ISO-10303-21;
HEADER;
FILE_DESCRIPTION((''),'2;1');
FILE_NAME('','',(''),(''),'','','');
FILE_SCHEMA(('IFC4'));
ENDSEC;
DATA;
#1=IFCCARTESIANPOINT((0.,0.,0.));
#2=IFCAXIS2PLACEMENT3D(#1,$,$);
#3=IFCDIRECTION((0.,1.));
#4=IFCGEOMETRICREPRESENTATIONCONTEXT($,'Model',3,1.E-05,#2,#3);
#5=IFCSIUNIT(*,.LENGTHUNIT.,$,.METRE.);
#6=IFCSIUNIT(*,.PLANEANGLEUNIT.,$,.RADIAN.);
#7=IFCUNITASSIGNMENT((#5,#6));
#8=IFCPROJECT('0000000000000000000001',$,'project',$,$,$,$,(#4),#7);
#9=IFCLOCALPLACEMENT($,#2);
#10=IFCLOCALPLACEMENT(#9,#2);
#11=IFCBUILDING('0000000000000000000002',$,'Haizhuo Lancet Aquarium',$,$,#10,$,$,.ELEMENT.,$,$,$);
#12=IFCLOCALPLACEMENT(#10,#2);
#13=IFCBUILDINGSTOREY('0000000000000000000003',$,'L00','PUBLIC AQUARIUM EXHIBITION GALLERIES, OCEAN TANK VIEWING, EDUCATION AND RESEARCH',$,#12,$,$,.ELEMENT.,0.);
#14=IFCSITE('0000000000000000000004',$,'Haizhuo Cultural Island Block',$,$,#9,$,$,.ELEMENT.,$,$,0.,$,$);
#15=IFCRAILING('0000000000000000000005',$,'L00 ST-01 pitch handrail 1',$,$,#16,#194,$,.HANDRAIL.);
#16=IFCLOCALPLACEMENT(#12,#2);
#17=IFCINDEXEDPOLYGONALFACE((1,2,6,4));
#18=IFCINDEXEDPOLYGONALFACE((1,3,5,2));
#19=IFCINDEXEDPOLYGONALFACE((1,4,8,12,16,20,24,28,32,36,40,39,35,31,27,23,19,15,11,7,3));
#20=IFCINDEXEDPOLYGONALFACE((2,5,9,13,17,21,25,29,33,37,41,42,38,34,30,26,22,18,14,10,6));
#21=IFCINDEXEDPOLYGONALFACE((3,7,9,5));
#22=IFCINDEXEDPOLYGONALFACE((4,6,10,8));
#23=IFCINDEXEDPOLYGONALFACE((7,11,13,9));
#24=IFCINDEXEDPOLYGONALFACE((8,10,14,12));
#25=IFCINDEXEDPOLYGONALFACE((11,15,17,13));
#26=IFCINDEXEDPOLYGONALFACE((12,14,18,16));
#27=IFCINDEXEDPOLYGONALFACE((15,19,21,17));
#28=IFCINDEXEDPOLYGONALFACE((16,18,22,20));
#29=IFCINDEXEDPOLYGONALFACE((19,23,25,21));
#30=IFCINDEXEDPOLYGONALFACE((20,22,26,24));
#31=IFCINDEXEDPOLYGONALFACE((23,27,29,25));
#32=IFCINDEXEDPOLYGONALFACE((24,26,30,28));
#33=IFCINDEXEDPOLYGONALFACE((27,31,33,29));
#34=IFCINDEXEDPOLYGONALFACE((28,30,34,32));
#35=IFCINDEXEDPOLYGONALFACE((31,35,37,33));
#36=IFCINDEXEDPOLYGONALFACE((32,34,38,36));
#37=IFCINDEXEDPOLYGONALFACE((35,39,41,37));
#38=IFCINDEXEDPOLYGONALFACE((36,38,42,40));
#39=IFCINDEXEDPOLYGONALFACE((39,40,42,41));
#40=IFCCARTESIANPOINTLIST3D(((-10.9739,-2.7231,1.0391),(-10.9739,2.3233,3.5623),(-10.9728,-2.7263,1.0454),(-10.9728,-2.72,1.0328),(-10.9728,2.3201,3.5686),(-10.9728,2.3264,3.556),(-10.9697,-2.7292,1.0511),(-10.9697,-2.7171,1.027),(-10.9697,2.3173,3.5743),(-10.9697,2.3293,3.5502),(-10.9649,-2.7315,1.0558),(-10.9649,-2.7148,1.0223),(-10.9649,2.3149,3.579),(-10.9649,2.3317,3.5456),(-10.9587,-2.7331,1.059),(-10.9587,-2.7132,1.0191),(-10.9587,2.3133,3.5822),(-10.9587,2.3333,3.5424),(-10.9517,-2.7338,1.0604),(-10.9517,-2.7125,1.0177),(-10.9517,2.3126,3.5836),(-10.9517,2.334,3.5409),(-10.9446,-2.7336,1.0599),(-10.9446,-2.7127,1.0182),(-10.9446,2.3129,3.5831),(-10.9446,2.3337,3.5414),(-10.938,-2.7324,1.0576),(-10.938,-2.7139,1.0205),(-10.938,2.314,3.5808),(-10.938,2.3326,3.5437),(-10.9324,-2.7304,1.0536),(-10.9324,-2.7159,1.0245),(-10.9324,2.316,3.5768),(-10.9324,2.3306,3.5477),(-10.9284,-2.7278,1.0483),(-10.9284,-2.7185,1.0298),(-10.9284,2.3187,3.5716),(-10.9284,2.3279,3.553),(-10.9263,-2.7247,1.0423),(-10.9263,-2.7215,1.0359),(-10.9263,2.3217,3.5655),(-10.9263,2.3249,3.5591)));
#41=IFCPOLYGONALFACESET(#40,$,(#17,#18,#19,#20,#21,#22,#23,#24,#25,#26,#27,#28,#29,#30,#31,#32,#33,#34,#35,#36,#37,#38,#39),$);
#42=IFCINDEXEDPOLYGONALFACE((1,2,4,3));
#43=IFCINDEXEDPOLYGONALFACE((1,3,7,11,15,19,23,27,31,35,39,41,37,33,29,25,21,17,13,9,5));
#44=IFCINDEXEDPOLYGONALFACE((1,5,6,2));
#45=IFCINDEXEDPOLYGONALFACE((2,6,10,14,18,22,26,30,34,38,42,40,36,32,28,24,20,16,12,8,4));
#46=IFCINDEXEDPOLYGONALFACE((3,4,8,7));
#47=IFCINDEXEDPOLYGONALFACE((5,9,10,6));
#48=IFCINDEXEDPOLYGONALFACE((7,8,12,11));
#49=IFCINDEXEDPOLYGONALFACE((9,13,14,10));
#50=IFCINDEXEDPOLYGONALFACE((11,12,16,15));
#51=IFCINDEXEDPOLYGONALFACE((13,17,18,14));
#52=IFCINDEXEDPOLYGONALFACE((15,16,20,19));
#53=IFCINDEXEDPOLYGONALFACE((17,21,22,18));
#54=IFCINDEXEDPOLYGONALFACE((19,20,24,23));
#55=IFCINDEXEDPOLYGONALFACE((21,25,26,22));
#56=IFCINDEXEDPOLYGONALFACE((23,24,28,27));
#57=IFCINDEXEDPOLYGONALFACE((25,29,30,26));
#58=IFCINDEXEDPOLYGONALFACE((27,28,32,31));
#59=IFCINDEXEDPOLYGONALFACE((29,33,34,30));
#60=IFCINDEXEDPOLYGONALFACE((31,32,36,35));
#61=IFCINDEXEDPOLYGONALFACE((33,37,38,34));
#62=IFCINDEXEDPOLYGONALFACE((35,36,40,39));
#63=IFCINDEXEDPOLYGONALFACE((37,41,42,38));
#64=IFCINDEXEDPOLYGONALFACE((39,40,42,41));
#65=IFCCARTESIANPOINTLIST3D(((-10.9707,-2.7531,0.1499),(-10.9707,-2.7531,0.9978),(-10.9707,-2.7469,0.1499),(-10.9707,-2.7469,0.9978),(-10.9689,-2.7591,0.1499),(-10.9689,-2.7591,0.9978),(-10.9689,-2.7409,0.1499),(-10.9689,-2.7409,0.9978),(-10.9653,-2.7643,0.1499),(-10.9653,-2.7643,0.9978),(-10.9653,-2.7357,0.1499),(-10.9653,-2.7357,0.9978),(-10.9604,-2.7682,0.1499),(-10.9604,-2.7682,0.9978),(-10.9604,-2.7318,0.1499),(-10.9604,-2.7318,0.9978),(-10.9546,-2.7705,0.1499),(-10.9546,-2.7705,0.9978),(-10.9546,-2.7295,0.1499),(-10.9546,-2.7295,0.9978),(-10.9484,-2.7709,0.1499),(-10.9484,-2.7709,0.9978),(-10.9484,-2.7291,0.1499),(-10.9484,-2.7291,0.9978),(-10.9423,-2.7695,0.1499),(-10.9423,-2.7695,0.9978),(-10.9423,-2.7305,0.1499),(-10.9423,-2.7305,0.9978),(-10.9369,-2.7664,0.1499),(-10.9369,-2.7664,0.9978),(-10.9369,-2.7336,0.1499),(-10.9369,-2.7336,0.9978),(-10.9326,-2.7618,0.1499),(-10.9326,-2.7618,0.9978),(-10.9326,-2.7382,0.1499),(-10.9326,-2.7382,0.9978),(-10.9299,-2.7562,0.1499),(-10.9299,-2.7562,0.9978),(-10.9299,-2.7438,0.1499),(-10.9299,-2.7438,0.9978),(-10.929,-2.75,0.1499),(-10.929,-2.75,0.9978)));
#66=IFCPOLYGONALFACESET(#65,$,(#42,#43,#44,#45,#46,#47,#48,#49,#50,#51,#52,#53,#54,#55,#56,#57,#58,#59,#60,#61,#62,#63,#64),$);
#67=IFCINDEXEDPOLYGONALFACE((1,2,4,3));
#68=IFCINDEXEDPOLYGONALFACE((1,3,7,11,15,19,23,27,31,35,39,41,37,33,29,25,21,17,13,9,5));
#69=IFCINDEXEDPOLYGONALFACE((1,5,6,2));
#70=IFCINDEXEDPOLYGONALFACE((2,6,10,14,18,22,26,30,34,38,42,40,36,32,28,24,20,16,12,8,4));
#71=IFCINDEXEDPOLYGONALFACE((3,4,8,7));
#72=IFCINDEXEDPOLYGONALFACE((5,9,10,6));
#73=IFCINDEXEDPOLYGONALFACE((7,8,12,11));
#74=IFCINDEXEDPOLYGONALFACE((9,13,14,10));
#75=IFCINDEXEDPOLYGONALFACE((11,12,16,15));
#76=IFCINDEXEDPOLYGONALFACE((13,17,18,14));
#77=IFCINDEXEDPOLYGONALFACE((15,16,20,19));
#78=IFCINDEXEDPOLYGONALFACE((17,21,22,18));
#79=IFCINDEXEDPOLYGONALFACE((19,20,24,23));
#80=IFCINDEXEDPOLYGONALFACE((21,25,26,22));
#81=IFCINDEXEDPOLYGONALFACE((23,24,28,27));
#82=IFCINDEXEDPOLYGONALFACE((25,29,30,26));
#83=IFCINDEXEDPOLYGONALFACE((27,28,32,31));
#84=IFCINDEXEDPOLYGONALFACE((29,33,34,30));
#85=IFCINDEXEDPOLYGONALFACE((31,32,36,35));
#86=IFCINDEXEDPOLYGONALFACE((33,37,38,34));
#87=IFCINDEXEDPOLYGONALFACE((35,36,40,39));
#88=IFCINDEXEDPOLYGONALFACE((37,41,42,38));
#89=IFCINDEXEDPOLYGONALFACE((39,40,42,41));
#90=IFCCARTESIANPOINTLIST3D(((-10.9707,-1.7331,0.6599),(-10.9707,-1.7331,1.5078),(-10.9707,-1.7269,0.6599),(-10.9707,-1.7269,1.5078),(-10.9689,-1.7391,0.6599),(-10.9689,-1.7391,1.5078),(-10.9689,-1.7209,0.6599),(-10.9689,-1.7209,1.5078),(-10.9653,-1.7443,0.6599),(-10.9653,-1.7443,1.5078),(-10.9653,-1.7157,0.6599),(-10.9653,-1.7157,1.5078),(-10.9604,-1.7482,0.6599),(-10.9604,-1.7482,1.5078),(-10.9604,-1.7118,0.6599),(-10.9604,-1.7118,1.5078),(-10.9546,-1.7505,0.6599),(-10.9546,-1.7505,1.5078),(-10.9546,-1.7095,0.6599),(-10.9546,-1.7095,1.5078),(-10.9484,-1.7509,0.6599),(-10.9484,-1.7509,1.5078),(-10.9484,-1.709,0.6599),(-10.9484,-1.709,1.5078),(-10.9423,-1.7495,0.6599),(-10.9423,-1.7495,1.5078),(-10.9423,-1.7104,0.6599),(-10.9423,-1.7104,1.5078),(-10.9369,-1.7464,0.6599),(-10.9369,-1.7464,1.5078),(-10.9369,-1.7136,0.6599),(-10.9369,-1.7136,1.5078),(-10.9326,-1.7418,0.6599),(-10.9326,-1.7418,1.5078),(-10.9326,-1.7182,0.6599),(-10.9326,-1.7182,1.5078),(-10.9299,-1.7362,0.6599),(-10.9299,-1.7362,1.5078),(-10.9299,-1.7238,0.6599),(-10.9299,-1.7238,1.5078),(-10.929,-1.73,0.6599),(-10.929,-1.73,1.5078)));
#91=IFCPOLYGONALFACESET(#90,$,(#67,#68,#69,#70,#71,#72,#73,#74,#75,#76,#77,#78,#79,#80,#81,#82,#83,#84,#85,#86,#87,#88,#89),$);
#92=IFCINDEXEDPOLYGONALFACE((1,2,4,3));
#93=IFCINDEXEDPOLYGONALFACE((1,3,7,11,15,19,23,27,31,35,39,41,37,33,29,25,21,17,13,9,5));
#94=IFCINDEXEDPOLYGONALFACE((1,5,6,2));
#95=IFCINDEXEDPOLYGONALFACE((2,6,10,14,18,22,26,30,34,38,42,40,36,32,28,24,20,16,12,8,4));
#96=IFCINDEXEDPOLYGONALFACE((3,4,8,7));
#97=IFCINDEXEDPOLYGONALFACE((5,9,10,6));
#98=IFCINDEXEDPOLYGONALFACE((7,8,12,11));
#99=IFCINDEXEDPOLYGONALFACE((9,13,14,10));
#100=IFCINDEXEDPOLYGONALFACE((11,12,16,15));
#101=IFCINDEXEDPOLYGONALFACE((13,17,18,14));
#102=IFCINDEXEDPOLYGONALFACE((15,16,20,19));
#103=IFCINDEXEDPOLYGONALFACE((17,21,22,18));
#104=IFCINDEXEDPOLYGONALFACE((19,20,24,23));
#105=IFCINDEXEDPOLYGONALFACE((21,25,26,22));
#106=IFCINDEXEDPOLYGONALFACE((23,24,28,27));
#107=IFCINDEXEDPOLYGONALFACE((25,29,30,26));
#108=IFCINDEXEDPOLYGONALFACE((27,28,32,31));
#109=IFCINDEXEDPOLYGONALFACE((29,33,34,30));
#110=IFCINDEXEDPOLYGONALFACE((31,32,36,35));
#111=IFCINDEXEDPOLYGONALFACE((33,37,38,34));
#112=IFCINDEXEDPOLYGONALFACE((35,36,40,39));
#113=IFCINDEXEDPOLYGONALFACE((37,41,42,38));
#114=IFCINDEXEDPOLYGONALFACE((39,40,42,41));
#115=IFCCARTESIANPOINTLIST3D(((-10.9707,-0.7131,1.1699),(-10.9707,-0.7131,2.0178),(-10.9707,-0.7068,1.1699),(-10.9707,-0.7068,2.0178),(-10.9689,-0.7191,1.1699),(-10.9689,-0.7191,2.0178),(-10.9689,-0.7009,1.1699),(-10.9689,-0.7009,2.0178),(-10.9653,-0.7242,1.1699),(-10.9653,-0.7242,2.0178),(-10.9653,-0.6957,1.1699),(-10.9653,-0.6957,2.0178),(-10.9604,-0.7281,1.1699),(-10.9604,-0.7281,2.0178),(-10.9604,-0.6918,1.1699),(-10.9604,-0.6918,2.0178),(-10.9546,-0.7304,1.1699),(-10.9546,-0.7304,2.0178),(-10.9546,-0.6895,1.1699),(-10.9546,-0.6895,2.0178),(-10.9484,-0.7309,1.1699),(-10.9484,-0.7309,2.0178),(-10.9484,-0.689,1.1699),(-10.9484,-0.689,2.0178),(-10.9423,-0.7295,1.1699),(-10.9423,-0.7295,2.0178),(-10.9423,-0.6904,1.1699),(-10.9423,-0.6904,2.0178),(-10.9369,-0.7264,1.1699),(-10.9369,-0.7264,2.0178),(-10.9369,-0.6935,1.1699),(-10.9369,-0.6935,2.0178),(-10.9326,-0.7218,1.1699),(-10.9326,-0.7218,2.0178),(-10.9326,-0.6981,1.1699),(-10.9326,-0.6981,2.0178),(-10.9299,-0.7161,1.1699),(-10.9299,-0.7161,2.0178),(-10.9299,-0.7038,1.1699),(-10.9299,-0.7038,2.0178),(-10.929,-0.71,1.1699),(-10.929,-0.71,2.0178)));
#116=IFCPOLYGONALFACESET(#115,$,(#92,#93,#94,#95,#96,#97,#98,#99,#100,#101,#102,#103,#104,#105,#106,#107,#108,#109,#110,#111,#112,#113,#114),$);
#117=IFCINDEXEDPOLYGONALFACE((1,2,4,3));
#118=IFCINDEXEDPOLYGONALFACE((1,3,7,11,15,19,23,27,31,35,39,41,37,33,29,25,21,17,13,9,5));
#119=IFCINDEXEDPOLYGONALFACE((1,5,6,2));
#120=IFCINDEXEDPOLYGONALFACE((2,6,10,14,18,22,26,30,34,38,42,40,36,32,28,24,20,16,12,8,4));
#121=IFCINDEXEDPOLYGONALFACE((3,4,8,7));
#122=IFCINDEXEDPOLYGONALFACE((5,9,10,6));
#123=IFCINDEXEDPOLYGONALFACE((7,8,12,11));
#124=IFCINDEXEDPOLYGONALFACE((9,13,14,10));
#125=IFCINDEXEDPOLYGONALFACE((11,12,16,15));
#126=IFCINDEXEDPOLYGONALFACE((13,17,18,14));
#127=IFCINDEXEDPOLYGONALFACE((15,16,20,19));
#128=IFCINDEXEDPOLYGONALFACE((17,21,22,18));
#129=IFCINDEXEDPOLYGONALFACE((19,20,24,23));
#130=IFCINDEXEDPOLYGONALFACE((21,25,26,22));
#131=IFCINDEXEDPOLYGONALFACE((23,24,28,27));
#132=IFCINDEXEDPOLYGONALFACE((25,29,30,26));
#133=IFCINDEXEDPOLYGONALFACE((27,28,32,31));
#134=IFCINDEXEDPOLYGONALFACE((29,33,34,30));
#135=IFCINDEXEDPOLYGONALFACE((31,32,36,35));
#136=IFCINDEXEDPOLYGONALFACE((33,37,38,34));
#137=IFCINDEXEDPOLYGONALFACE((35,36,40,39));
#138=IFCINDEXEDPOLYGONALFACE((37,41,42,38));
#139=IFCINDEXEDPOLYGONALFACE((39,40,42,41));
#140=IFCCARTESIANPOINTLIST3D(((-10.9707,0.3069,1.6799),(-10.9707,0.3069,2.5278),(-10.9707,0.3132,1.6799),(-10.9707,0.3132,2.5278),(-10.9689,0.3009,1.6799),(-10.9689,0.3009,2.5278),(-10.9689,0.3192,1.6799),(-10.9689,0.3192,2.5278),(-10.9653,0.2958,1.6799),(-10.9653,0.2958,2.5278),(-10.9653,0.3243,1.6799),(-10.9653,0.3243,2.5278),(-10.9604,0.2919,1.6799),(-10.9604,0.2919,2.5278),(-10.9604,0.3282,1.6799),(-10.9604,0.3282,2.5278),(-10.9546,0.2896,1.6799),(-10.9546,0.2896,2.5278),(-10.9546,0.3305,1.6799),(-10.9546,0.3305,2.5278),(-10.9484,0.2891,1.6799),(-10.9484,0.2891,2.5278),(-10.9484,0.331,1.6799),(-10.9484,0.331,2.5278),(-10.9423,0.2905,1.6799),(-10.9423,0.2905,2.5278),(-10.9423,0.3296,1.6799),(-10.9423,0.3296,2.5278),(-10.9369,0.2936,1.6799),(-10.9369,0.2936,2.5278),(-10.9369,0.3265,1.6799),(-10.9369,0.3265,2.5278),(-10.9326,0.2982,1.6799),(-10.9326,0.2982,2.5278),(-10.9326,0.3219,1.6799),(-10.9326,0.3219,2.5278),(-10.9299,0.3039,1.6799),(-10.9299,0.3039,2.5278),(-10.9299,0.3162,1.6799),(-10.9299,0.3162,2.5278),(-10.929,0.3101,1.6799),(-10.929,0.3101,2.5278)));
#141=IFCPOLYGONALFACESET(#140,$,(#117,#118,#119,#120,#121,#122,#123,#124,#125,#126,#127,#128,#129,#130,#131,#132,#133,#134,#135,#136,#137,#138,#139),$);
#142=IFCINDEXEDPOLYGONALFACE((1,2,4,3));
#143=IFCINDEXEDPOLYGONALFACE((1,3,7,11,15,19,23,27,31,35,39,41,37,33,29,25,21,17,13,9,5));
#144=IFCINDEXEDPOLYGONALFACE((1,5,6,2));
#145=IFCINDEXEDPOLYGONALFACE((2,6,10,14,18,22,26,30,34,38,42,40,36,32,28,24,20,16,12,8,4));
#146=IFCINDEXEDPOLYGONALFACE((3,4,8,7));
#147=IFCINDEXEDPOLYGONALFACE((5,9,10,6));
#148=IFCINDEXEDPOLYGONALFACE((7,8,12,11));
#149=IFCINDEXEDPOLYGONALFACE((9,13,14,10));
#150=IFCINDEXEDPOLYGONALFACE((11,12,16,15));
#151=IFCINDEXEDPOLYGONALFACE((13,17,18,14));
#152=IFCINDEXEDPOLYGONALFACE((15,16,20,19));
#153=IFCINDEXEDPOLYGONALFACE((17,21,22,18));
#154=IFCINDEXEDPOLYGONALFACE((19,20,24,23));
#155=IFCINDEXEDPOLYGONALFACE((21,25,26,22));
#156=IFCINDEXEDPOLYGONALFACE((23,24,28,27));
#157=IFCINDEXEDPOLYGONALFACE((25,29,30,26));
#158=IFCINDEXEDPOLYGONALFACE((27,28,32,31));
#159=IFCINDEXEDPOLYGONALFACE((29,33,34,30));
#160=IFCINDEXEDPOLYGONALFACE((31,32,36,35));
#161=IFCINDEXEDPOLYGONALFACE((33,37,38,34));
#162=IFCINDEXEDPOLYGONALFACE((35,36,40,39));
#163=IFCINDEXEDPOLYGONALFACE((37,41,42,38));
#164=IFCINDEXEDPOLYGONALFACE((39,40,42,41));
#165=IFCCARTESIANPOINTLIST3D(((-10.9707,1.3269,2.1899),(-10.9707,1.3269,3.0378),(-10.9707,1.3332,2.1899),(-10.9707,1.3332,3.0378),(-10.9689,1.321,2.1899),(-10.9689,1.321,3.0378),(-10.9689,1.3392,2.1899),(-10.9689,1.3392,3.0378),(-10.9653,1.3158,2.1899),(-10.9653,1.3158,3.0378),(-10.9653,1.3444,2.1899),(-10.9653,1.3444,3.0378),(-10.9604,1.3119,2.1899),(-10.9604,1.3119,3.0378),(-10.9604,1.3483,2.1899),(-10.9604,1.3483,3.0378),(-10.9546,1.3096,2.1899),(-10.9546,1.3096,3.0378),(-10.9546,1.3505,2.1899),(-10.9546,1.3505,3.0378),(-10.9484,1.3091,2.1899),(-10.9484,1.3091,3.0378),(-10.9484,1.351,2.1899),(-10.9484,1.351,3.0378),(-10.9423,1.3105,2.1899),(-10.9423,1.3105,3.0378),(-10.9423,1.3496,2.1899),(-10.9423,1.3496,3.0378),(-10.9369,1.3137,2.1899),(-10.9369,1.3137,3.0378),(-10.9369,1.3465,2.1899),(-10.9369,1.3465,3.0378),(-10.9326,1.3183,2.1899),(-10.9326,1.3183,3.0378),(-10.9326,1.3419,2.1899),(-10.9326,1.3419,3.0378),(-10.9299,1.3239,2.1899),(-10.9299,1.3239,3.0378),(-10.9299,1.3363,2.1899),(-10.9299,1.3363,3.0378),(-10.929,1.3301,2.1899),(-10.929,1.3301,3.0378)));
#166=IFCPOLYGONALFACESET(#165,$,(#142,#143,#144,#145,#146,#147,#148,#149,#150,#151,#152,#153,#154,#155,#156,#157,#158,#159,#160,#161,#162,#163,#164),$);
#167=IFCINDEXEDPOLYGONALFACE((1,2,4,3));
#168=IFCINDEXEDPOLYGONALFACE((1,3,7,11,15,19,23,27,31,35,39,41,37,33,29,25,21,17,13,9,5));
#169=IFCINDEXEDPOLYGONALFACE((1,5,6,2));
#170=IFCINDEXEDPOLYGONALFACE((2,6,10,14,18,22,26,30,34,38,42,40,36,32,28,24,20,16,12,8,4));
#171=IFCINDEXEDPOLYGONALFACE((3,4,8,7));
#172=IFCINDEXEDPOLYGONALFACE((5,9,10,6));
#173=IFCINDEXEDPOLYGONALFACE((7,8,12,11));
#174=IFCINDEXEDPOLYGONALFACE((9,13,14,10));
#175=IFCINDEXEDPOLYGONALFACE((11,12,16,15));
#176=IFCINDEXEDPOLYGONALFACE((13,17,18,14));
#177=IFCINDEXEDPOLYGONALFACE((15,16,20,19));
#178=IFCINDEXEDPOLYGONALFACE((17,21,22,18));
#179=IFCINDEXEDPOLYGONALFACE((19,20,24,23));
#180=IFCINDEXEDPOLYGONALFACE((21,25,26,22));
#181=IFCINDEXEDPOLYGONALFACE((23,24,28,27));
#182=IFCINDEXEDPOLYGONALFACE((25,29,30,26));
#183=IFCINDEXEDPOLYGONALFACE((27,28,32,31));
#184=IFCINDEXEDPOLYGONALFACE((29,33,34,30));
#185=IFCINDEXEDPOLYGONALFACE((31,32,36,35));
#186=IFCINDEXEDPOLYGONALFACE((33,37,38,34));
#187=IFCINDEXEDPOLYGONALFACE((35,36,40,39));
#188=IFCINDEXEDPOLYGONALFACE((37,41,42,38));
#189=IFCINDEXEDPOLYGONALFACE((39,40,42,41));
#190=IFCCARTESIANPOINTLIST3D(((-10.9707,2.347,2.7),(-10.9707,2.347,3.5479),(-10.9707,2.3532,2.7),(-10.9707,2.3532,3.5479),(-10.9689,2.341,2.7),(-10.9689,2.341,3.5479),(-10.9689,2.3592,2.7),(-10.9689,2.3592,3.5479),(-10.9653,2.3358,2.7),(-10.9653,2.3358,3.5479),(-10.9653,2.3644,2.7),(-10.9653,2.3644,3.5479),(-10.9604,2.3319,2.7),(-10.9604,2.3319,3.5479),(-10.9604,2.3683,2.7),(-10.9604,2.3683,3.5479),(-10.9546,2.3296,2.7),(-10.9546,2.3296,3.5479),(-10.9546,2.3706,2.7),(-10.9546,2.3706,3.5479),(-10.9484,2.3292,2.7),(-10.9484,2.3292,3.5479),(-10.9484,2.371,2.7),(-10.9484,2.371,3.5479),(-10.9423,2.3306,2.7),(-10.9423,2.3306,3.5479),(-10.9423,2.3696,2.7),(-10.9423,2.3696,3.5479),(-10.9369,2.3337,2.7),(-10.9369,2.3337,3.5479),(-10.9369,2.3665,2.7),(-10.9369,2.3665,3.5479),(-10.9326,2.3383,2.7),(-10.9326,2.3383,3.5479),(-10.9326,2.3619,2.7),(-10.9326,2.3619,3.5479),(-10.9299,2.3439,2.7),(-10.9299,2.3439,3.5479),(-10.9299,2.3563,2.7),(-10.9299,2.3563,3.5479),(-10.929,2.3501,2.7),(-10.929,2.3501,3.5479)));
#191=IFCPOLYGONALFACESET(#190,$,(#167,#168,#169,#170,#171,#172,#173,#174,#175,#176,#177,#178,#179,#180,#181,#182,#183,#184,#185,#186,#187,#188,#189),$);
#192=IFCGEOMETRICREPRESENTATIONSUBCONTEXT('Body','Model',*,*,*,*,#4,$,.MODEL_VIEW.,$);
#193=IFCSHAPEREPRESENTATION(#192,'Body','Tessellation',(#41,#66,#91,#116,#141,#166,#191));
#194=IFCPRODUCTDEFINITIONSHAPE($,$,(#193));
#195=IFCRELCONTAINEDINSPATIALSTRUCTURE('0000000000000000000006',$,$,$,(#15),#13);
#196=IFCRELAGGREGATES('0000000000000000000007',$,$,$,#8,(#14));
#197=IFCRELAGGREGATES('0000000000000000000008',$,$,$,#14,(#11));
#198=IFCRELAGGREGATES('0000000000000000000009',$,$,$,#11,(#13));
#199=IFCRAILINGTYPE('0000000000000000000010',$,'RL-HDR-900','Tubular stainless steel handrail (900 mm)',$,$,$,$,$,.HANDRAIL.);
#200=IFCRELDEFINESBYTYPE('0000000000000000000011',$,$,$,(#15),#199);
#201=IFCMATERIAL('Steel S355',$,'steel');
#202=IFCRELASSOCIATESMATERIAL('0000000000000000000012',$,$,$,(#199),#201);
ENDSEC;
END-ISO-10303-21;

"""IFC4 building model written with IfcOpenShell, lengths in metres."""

from ifc_helpers import new_model, si_unit, direction, frame, origin, origin_2d, place, context, subcontext, project, spatial, circle, extrude, material, type_object, element, save


model = new_model("IFC4")

# Units and contexts
model_context = context("Model", 3, precision=1e-05, world=origin(), true_north=direction((0.0, 1.0)))
body_context = subcontext(model_context, "Body", "Model", "MODEL_VIEW")
ifc_project = project(units=[si_unit("LENGTHUNIT", "METRE"), si_unit("PLANEANGLEUNIT", "RADIAN")], contexts=[model_context])

# Site, building, storey
site_placement = place(None, origin())
site = spatial("IfcSite", under=ifc_project, at=site_placement, Name="Haizhuo Cultural Island Block", CompositionType="ELEMENT", RefElevation=0.0)
building_placement = place(site_placement, origin())
building = spatial("IfcBuilding", under=site, at=building_placement, Name="Haizhuo Lancet Aquarium", CompositionType="ELEMENT")
storey_placement = place(building_placement, origin())
storey = spatial("IfcBuildingStorey", under=building, at=storey_placement, Name="L00", Description="PUBLIC AQUARIUM EXHIBITION GALLERIES, OCEAN TANK VIEWING, EDUCATION AND RESEARCH", CompositionType="ELEMENT", Elevation=0.0)

# Shared definitions
ifc_material_1 = material(Name="Steel S355", Category="steel")

# Railing
railing_type = type_object("IfcRailingType", Name="RL-HDR-900", Description="Tubular stainless steel handrail (900 mm)", PredefinedType="HANDRAIL", material=ifc_material_1)
railing_placement = place(storey_placement, frame((-10.95, -2.75, 0.1499)))
element("IfcRailing", 1, at=railing_placement, inside=storey, type_object=railing_type, Name="L00 ST-01 pitch handrail 1", PredefinedType="HANDRAIL", context=body_context, shape_type="SweptSolid", body=[
    extrude(circle(Radius=0.0239, at=origin_2d()), frame((0.0, 0.0269, 0.8892), z_axis=(0.0, 0.894427, 0.447214), x_axis=(-1.0, 0.0, 0.0)), (0.0, 0.0, 1.0), 5.6421),
    extrude(circle(Radius=0.021, at=origin_2d()), origin(), (0.0, 0.0, 1.0), 0.8479),
    extrude(circle(Radius=0.021, at=origin_2d()), frame((0.0, 1.02, 0.51)), (0.0, 0.0, 1.0), 0.8479),
    extrude(circle(Radius=0.021, at=origin_2d()), frame((0.0, 2.04, 1.02)), (0.0, 0.0, 1.0), 0.8479),
    extrude(circle(Radius=0.021, at=origin_2d()), frame((0.0, 3.0601, 1.53)), (0.0, 0.0, 1.0), 0.8479),
    extrude(circle(Radius=0.021, at=origin_2d()), frame((0.0, 4.0801, 2.04)), (0.0, 0.0, 1.0), 0.8479),
    extrude(circle(Radius=0.021, at=origin_2d()), frame((0.0, 5.1001, 2.55)), (0.0, 0.0, 1.0), 0.8479),
])

save(model, "model.ifc")
